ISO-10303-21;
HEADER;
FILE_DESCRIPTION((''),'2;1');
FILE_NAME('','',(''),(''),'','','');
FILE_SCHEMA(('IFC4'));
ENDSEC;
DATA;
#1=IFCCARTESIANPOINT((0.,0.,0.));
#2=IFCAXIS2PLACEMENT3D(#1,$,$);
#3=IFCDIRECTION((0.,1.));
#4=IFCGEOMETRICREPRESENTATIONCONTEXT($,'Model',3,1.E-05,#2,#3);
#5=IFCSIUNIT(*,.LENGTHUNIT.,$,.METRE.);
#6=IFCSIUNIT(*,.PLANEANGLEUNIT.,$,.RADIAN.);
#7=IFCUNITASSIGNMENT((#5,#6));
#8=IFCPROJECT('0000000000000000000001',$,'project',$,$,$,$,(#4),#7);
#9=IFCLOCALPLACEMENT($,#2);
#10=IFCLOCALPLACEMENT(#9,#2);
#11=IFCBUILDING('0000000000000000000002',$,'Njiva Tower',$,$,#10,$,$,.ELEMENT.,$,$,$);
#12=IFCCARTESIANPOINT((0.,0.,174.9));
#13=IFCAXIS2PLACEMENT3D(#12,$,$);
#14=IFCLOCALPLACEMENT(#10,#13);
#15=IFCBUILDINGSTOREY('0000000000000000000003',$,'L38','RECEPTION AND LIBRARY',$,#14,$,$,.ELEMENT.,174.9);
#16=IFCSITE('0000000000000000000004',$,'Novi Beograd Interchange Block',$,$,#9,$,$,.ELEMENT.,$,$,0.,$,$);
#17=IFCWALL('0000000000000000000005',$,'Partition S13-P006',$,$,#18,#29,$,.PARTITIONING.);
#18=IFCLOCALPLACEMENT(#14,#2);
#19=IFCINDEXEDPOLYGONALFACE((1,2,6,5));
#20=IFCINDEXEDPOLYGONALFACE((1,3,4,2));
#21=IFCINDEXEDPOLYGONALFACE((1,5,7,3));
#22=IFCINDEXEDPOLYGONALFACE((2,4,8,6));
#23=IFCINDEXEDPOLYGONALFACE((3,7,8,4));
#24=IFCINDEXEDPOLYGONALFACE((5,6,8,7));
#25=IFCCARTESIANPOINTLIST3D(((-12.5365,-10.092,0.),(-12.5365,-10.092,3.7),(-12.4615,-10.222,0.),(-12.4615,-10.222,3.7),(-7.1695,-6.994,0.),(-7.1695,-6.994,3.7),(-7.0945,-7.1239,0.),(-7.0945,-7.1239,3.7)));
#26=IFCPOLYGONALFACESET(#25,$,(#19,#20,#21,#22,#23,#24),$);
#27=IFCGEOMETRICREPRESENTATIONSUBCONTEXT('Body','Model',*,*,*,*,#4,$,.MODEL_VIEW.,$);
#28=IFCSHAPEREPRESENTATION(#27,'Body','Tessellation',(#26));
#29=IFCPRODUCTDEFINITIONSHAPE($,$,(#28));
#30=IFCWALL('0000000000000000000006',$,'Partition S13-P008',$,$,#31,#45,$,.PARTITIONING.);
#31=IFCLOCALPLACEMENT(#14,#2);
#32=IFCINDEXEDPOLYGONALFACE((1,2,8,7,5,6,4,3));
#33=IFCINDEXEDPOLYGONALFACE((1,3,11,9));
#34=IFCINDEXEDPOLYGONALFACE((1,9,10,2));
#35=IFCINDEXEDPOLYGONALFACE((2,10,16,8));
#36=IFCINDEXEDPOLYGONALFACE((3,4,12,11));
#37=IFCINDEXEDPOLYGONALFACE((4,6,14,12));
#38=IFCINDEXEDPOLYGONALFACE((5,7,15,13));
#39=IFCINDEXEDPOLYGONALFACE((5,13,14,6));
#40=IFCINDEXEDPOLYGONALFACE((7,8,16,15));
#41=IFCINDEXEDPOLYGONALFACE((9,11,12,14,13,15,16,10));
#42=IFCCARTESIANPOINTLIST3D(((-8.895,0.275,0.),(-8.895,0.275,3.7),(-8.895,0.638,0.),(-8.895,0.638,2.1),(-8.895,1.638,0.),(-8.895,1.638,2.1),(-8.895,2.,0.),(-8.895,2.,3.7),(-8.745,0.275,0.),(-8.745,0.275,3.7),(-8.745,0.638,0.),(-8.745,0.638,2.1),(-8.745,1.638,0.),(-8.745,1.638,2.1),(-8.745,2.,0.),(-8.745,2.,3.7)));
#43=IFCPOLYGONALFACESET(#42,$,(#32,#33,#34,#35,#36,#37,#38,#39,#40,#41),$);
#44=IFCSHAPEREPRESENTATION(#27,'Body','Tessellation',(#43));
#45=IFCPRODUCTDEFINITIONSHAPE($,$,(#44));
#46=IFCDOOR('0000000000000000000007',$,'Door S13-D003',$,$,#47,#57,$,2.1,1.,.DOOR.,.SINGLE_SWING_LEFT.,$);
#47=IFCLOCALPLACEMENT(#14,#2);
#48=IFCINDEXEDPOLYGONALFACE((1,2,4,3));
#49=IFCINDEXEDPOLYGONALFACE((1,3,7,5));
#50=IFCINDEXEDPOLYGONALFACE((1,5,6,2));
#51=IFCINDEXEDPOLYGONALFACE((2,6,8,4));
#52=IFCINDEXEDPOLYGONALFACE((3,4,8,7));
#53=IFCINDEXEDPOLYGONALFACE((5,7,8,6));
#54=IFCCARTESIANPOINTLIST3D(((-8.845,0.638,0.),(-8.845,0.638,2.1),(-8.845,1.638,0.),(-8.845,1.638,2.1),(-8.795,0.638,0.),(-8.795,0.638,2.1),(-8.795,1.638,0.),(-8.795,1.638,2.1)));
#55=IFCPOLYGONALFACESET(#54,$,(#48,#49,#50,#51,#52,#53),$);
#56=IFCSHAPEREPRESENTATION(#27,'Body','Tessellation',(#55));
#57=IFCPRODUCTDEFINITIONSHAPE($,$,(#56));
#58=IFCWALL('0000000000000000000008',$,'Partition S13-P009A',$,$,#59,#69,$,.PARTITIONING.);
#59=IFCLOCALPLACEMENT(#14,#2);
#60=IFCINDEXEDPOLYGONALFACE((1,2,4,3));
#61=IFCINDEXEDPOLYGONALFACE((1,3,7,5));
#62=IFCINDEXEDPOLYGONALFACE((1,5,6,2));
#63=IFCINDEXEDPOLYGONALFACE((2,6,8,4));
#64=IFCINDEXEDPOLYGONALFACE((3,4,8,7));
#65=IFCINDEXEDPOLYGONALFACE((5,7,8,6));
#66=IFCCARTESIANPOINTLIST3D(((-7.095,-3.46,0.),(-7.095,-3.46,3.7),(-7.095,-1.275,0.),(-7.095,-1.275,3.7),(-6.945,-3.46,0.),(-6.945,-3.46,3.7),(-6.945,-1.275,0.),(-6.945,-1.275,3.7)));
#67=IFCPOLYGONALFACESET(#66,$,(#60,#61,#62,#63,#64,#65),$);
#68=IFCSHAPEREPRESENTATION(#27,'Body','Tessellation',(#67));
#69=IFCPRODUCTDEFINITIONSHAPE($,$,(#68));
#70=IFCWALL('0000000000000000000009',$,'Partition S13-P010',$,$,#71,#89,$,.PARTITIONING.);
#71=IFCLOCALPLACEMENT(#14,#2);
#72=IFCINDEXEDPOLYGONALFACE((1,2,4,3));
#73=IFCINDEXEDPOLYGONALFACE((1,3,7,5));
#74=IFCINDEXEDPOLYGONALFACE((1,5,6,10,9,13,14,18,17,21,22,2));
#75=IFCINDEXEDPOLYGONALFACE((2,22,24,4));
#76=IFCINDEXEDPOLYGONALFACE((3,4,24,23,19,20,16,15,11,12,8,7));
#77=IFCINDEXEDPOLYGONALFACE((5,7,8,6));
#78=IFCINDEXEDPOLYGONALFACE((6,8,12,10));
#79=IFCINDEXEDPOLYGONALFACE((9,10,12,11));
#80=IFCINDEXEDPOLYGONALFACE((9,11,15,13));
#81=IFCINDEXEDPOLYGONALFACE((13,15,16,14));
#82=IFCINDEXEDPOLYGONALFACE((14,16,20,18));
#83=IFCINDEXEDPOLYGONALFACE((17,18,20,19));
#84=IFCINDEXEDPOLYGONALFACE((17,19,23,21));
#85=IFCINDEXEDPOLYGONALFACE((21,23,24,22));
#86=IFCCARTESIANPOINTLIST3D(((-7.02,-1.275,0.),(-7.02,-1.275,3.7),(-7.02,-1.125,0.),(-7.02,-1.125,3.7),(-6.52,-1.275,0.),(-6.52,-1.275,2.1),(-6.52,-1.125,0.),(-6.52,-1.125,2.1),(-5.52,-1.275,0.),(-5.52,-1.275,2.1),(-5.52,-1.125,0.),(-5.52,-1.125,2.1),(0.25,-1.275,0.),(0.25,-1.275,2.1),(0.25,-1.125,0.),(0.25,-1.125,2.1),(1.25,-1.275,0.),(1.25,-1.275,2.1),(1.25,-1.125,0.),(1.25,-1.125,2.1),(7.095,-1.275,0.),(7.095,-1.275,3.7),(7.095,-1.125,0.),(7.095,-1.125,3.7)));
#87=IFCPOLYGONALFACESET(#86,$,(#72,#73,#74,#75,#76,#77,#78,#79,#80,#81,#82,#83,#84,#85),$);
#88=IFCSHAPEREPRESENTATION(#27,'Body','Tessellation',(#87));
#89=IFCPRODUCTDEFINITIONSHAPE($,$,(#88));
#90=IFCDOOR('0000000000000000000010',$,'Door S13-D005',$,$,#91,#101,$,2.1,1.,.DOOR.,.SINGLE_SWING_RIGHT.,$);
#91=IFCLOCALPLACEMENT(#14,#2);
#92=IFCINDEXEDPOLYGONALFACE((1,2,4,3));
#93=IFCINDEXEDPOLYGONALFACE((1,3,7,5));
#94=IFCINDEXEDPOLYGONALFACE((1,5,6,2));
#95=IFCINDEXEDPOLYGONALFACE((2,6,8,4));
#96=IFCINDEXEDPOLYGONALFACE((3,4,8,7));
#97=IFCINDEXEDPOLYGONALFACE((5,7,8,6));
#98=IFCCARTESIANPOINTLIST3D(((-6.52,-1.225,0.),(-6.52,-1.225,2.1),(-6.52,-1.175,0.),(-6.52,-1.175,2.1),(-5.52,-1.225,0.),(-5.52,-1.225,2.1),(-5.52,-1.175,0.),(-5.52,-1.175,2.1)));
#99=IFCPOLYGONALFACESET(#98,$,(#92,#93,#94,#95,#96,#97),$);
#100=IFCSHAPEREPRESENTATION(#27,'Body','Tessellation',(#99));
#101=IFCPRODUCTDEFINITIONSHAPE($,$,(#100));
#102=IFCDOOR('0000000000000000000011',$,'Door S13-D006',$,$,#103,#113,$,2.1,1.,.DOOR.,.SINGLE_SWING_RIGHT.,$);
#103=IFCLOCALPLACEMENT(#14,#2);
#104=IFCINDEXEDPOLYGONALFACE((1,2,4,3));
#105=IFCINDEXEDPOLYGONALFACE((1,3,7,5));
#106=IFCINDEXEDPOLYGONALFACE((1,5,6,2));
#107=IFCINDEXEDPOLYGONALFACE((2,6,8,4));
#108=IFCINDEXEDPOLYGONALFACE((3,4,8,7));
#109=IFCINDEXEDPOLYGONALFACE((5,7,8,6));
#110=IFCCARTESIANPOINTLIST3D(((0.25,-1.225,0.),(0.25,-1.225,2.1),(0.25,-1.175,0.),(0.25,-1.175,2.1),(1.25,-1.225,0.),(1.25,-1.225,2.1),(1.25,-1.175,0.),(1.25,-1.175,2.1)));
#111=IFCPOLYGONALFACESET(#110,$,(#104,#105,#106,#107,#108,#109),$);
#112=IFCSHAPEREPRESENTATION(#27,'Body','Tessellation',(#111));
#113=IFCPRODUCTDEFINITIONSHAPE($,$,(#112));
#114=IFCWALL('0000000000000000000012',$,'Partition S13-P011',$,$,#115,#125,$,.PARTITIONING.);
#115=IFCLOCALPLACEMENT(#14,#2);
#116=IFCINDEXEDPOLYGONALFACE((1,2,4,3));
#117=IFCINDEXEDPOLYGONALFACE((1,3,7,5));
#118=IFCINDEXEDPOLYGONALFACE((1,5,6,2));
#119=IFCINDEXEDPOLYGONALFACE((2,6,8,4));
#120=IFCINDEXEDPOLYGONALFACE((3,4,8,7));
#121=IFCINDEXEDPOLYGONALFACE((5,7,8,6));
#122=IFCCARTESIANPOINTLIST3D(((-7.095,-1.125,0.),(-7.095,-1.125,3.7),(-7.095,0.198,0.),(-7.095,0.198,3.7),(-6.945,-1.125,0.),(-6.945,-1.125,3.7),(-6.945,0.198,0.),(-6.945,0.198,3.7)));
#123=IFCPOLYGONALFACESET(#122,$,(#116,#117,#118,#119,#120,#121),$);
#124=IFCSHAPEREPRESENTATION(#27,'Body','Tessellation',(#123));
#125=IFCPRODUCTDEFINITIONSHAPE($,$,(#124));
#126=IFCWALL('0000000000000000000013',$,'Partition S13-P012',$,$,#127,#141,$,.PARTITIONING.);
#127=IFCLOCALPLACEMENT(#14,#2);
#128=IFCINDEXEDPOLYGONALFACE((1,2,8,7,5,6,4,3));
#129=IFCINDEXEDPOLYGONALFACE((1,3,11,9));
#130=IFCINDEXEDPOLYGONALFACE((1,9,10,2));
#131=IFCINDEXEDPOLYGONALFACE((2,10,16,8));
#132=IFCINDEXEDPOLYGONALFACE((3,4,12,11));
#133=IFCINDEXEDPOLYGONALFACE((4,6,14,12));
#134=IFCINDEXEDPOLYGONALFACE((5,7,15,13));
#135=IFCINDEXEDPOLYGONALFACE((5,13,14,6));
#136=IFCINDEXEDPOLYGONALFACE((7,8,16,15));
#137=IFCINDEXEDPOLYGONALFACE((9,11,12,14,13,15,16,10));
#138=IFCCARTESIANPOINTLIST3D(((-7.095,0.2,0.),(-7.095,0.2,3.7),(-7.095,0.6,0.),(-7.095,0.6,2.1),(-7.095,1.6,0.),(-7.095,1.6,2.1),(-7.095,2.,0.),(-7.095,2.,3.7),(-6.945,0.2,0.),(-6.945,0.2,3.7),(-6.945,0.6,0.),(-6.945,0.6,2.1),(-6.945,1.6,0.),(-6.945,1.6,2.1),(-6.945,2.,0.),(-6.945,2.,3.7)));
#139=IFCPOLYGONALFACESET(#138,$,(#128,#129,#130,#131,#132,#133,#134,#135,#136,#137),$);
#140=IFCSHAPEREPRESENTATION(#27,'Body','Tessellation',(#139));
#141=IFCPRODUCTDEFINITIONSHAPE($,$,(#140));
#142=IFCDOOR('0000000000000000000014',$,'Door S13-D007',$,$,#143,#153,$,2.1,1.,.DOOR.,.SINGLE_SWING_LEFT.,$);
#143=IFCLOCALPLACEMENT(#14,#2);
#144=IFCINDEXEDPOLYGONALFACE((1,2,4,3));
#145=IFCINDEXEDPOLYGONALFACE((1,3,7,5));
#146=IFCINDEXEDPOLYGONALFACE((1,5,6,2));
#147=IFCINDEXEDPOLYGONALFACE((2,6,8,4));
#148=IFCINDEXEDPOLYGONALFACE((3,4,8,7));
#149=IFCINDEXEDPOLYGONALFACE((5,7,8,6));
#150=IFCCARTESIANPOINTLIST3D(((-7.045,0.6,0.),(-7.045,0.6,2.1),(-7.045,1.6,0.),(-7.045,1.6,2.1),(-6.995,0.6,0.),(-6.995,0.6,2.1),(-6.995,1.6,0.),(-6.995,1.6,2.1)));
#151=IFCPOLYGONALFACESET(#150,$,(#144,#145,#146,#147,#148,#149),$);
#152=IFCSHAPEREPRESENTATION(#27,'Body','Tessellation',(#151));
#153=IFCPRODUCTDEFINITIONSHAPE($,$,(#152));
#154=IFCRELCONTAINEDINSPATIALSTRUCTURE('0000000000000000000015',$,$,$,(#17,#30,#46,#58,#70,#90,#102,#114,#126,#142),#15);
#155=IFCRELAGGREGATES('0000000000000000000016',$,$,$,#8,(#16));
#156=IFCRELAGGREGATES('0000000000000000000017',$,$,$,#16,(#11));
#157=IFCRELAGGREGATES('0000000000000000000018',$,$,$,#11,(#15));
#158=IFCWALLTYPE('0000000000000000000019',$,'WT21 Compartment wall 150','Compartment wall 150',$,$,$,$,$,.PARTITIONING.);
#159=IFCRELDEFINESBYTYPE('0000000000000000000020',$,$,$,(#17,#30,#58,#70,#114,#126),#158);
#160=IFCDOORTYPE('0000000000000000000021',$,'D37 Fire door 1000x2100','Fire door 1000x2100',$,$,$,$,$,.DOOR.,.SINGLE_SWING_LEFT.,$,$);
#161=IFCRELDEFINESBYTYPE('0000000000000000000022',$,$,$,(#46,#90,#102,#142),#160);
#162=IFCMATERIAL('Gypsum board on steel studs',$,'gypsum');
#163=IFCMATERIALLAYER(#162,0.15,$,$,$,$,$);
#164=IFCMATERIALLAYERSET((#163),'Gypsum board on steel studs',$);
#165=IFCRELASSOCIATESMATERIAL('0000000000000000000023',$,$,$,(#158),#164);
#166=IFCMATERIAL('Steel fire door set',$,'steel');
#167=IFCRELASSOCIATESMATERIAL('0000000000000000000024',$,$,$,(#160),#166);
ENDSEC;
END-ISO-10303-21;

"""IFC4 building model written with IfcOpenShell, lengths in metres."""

from ifc_helpers import new_model, si_unit, direction, frame, frame_2d, origin, place, context, subcontext, project, spatial, rectangle, extrude, material, layer, layer_set, type_object, element, fill, save


model = new_model("IFC4")

# Units and contexts
model_context = context("Model", 3, precision=1e-05, world=origin(), true_north=direction((0.0, 1.0)))
body_context = subcontext(model_context, "Body", "Model", "MODEL_VIEW")
ifc_project = project(units=[si_unit("LENGTHUNIT", "METRE"), si_unit("PLANEANGLEUNIT", "RADIAN")], contexts=[model_context])

# Site, building, storey
site_placement = place(None, origin())
site = spatial("IfcSite", under=ifc_project, at=site_placement, Name="Novi Beograd Interchange Block", CompositionType="ELEMENT", RefElevation=0.0)
building_placement = place(site_placement, origin())
building = spatial("IfcBuilding", under=site, at=building_placement, Name="Njiva Tower", CompositionType="ELEMENT")
storey_placement = place(building_placement, frame((0.0, 0.0, 174.9)))
storey = spatial("IfcBuildingStorey", under=building, at=storey_placement, Name="L38", Description="RECEPTION AND LIBRARY", CompositionType="ELEMENT", Elevation=174.9)

# Wall
ifc_material_1 = material(Name="Gypsum board on steel studs", Category="gypsum")
ifc_layer_1 = layer(ifc_material_1, 0.15)
ifc_layer_set_1 = layer_set([ifc_layer_1], Name="Gypsum board on steel studs")
wall_type_1 = type_object("IfcWallType", Name="WT21 Compartment wall 150", Description="Compartment wall 150", PredefinedType="PARTITIONING", material=ifc_layer_set_1)
wall_1_placement = place(storey_placement, frame((-12.499, -10.157, 0.0), z_axis=(0.0, 0.0, 1.0), x_axis=(0.86607, 0.499923, 0.0)))
element("IfcWall", 1, at=wall_1_placement, inside=storey, type_object=wall_type_1, Name="Partition S13-P006", PredefinedType="PARTITIONING", context=body_context, shape_type="SweptSolid", body=[
    extrude(rectangle(XDim=6.197, YDim=0.15, at=frame_2d((3.0985, 0.0))), origin(), (0.0, 0.0, 1.0), 3.7),
])

# Wall, opening, door
wall_2_placement = place(storey_placement, frame((-8.82, 0.275, 0.0), z_axis=(0.0, 0.0, 1.0), x_axis=(0.0, 1.0, 0.0)))
wall_2 = element("IfcWall", 2, at=wall_2_placement, inside=storey, type_object=wall_type_1, Name="Partition S13-P008", PredefinedType="PARTITIONING", context=body_context, shape_type="SweptSolid", body=[
    extrude(rectangle(XDim=1.725, YDim=0.15, at=frame_2d((0.8625, 0.0))), origin(), (0.0, 0.0, 1.0), 3.7),
])
opening_1_placement = place(wall_2_placement, frame((0.363, 0.0, 0.0)))
opening_1 = element("IfcOpeningElement", 3, at=opening_1_placement, cuts=wall_2, PredefinedType="OPENING", context=body_context, shape_type="SweptSolid", body=[
    extrude(rectangle(XDim=1.0, YDim=2.1, at=frame_2d((0.5, 1.05))), frame((0.0, 0.085, 0.0), z_axis=(0.0, -1.0, 0.0), x_axis=(1.0, 0.0, 0.0)), (0.0, 0.0, 1.0), 0.17),
])
ifc_material_2 = material(Name="Steel fire door set", Category="steel")
door_type = type_object("IfcDoorType", Name="D37 Fire door 1000x2100", Description="Fire door 1000x2100", OperationType="SINGLE_SWING_LEFT", PredefinedType="DOOR", material=ifc_material_2)
door_1_placement = place(opening_1_placement, origin())
door_1 = element("IfcDoor", 4, at=door_1_placement, inside=storey, type_object=door_type, Name="Door S13-D003", OperationType="SINGLE_SWING_LEFT", OverallHeight=2.1, OverallWidth=1.0, PredefinedType="DOOR", context=body_context, shape_type="SweptSolid", body=[
    extrude(rectangle(XDim=1.0, YDim=2.1, at=frame_2d((0.5, 1.05))), frame((0.0, 0.025, 0.0), z_axis=(0.0, -1.0, 0.0), x_axis=(1.0, 0.0, 0.0)), (0.0, 0.0, 1.0), 0.05),
])
fill(opening_1, door_1)

# Wall
wall_3_placement = place(storey_placement, frame((-7.02, -3.46, 0.0), z_axis=(0.0, 0.0, 1.0), x_axis=(0.0, 1.0, 0.0)))
element("IfcWall", 5, at=wall_3_placement, inside=storey, type_object=wall_type_1, Name="Partition S13-P009A", PredefinedType="PARTITIONING", context=body_context, shape_type="SweptSolid", body=[
    extrude(rectangle(XDim=2.185, YDim=0.15, at=frame_2d((1.0925, 0.0))), origin(), (0.0, 0.0, 1.0), 3.7),
])

# Wall, openings, doors
wall_4_placement = place(storey_placement, frame((-7.02, -1.2, 0.0), z_axis=(0.0, 0.0, 1.0), x_axis=(1.0, 0.0, 0.0)))
wall_4 = element("IfcWall", 6, at=wall_4_placement, inside=storey, type_object=wall_type_1, Name="Partition S13-P010", PredefinedType="PARTITIONING", context=body_context, shape_type="SweptSolid", body=[
    extrude(rectangle(XDim=14.115, YDim=0.15, at=frame_2d((7.0575, 0.0))), origin(), (0.0, 0.0, 1.0), 3.7),
])
opening_2_placement = place(wall_4_placement, frame((0.5, 0.0, 0.0)))
opening_2 = element("IfcOpeningElement", 7, at=opening_2_placement, cuts=wall_4, PredefinedType="OPENING", context=body_context, shape_type="SweptSolid", body=[
    extrude(rectangle(XDim=1.0, YDim=2.1, at=frame_2d((0.5, 1.05))), frame((0.0, 0.085, 0.0), z_axis=(0.0, -1.0, 0.0), x_axis=(1.0, 0.0, 0.0)), (0.0, 0.0, 1.0), 0.17),
])
opening_3_placement = place(wall_4_placement, frame((7.27, 0.0, 0.0)))
opening_3 = element("IfcOpeningElement", 8, at=opening_3_placement, cuts=wall_4, PredefinedType="OPENING", context=body_context, shape_type="SweptSolid", body=[
    extrude(rectangle(XDim=1.0, YDim=2.1, at=frame_2d((0.5, 1.05))), frame((0.0, 0.085, 0.0), z_axis=(0.0, -1.0, 0.0), x_axis=(1.0, 0.0, 0.0)), (0.0, 0.0, 1.0), 0.17),
])
door_2_placement = place(opening_2_placement, origin())
door_2 = element("IfcDoor", 9, at=door_2_placement, inside=storey, type_object=door_type, Name="Door S13-D005", OperationType="SINGLE_SWING_RIGHT", OverallHeight=2.1, OverallWidth=1.0, PredefinedType="DOOR", context=body_context, shape_type="SweptSolid", body=[
    extrude(rectangle(XDim=1.0, YDim=2.1, at=frame_2d((0.5, 1.05))), frame((0.0, 0.025, 0.0), z_axis=(0.0, -1.0, 0.0), x_axis=(1.0, 0.0, 0.0)), (0.0, 0.0, 1.0), 0.05),
])
fill(opening_2, door_2)
door_3_placement = place(opening_3_placement, origin())
door_3 = element("IfcDoor", 10, at=door_3_placement, inside=storey, type_object=door_type, Name="Door S13-D006", OperationType="SINGLE_SWING_RIGHT", OverallHeight=2.1, OverallWidth=1.0, PredefinedType="DOOR", context=body_context, shape_type="SweptSolid", body=[
    extrude(rectangle(XDim=1.0, YDim=2.1, at=frame_2d((0.5, 1.05))), frame((0.0, 0.025, 0.0), z_axis=(0.0, -1.0, 0.0), x_axis=(1.0, 0.0, 0.0)), (0.0, 0.0, 1.0), 0.05),
])
fill(opening_3, door_3)

# Wall
wall_5_placement = place(storey_placement, frame((-7.02, -1.125, 0.0), z_axis=(0.0, 0.0, 1.0), x_axis=(0.0, 1.0, 0.0)))
element("IfcWall", 11, at=wall_5_placement, inside=storey, type_object=wall_type_1, Name="Partition S13-P011", PredefinedType="PARTITIONING", context=body_context, shape_type="SweptSolid", body=[
    extrude(rectangle(XDim=1.323, YDim=0.15, at=frame_2d((0.6615, 0.0))), origin(), (0.0, 0.0, 1.0), 3.7),
])

# Wall, opening, door
wall_6_placement = place(storey_placement, frame((-7.02, 0.2, 0.0), z_axis=(0.0, 0.0, 1.0), x_axis=(0.0, 1.0, 0.0)))
wall_6 = element("IfcWall", 12, at=wall_6_placement, inside=storey, type_object=wall_type_1, Name="Partition S13-P012", PredefinedType="PARTITIONING", context=body_context, shape_type="SweptSolid", body=[
    extrude(rectangle(XDim=1.8, YDim=0.15, at=frame_2d((0.9, 0.0))), origin(), (0.0, 0.0, 1.0), 3.7),
])
opening_4_placement = place(wall_6_placement, frame((0.4, 0.0, 0.0)))
opening_4 = element("IfcOpeningElement", 13, at=opening_4_placement, cuts=wall_6, PredefinedType="OPENING", context=body_context, shape_type="SweptSolid", body=[
    extrude(rectangle(XDim=1.0, YDim=2.1, at=frame_2d((0.5, 1.05))), frame((0.0, 0.085, 0.0), z_axis=(0.0, -1.0, 0.0), x_axis=(1.0, 0.0, 0.0)), (0.0, 0.0, 1.0), 0.17),
])
door_4_placement = place(opening_4_placement, origin())
door_4 = element("IfcDoor", 14, at=door_4_placement, inside=storey, type_object=door_type, Name="Door S13-D007", OperationType="SINGLE_SWING_LEFT", OverallHeight=2.1, OverallWidth=1.0, PredefinedType="DOOR", context=body_context, shape_type="SweptSolid", body=[
    extrude(rectangle(XDim=1.0, YDim=2.1, at=frame_2d((0.5, 1.05))), frame((0.0, 0.025, 0.0), z_axis=(0.0, -1.0, 0.0), x_axis=(1.0, 0.0, 0.0)), (0.0, 0.0, 1.0), 0.05),
])
fill(opening_4, door_4)

save(model, "model.ifc")
